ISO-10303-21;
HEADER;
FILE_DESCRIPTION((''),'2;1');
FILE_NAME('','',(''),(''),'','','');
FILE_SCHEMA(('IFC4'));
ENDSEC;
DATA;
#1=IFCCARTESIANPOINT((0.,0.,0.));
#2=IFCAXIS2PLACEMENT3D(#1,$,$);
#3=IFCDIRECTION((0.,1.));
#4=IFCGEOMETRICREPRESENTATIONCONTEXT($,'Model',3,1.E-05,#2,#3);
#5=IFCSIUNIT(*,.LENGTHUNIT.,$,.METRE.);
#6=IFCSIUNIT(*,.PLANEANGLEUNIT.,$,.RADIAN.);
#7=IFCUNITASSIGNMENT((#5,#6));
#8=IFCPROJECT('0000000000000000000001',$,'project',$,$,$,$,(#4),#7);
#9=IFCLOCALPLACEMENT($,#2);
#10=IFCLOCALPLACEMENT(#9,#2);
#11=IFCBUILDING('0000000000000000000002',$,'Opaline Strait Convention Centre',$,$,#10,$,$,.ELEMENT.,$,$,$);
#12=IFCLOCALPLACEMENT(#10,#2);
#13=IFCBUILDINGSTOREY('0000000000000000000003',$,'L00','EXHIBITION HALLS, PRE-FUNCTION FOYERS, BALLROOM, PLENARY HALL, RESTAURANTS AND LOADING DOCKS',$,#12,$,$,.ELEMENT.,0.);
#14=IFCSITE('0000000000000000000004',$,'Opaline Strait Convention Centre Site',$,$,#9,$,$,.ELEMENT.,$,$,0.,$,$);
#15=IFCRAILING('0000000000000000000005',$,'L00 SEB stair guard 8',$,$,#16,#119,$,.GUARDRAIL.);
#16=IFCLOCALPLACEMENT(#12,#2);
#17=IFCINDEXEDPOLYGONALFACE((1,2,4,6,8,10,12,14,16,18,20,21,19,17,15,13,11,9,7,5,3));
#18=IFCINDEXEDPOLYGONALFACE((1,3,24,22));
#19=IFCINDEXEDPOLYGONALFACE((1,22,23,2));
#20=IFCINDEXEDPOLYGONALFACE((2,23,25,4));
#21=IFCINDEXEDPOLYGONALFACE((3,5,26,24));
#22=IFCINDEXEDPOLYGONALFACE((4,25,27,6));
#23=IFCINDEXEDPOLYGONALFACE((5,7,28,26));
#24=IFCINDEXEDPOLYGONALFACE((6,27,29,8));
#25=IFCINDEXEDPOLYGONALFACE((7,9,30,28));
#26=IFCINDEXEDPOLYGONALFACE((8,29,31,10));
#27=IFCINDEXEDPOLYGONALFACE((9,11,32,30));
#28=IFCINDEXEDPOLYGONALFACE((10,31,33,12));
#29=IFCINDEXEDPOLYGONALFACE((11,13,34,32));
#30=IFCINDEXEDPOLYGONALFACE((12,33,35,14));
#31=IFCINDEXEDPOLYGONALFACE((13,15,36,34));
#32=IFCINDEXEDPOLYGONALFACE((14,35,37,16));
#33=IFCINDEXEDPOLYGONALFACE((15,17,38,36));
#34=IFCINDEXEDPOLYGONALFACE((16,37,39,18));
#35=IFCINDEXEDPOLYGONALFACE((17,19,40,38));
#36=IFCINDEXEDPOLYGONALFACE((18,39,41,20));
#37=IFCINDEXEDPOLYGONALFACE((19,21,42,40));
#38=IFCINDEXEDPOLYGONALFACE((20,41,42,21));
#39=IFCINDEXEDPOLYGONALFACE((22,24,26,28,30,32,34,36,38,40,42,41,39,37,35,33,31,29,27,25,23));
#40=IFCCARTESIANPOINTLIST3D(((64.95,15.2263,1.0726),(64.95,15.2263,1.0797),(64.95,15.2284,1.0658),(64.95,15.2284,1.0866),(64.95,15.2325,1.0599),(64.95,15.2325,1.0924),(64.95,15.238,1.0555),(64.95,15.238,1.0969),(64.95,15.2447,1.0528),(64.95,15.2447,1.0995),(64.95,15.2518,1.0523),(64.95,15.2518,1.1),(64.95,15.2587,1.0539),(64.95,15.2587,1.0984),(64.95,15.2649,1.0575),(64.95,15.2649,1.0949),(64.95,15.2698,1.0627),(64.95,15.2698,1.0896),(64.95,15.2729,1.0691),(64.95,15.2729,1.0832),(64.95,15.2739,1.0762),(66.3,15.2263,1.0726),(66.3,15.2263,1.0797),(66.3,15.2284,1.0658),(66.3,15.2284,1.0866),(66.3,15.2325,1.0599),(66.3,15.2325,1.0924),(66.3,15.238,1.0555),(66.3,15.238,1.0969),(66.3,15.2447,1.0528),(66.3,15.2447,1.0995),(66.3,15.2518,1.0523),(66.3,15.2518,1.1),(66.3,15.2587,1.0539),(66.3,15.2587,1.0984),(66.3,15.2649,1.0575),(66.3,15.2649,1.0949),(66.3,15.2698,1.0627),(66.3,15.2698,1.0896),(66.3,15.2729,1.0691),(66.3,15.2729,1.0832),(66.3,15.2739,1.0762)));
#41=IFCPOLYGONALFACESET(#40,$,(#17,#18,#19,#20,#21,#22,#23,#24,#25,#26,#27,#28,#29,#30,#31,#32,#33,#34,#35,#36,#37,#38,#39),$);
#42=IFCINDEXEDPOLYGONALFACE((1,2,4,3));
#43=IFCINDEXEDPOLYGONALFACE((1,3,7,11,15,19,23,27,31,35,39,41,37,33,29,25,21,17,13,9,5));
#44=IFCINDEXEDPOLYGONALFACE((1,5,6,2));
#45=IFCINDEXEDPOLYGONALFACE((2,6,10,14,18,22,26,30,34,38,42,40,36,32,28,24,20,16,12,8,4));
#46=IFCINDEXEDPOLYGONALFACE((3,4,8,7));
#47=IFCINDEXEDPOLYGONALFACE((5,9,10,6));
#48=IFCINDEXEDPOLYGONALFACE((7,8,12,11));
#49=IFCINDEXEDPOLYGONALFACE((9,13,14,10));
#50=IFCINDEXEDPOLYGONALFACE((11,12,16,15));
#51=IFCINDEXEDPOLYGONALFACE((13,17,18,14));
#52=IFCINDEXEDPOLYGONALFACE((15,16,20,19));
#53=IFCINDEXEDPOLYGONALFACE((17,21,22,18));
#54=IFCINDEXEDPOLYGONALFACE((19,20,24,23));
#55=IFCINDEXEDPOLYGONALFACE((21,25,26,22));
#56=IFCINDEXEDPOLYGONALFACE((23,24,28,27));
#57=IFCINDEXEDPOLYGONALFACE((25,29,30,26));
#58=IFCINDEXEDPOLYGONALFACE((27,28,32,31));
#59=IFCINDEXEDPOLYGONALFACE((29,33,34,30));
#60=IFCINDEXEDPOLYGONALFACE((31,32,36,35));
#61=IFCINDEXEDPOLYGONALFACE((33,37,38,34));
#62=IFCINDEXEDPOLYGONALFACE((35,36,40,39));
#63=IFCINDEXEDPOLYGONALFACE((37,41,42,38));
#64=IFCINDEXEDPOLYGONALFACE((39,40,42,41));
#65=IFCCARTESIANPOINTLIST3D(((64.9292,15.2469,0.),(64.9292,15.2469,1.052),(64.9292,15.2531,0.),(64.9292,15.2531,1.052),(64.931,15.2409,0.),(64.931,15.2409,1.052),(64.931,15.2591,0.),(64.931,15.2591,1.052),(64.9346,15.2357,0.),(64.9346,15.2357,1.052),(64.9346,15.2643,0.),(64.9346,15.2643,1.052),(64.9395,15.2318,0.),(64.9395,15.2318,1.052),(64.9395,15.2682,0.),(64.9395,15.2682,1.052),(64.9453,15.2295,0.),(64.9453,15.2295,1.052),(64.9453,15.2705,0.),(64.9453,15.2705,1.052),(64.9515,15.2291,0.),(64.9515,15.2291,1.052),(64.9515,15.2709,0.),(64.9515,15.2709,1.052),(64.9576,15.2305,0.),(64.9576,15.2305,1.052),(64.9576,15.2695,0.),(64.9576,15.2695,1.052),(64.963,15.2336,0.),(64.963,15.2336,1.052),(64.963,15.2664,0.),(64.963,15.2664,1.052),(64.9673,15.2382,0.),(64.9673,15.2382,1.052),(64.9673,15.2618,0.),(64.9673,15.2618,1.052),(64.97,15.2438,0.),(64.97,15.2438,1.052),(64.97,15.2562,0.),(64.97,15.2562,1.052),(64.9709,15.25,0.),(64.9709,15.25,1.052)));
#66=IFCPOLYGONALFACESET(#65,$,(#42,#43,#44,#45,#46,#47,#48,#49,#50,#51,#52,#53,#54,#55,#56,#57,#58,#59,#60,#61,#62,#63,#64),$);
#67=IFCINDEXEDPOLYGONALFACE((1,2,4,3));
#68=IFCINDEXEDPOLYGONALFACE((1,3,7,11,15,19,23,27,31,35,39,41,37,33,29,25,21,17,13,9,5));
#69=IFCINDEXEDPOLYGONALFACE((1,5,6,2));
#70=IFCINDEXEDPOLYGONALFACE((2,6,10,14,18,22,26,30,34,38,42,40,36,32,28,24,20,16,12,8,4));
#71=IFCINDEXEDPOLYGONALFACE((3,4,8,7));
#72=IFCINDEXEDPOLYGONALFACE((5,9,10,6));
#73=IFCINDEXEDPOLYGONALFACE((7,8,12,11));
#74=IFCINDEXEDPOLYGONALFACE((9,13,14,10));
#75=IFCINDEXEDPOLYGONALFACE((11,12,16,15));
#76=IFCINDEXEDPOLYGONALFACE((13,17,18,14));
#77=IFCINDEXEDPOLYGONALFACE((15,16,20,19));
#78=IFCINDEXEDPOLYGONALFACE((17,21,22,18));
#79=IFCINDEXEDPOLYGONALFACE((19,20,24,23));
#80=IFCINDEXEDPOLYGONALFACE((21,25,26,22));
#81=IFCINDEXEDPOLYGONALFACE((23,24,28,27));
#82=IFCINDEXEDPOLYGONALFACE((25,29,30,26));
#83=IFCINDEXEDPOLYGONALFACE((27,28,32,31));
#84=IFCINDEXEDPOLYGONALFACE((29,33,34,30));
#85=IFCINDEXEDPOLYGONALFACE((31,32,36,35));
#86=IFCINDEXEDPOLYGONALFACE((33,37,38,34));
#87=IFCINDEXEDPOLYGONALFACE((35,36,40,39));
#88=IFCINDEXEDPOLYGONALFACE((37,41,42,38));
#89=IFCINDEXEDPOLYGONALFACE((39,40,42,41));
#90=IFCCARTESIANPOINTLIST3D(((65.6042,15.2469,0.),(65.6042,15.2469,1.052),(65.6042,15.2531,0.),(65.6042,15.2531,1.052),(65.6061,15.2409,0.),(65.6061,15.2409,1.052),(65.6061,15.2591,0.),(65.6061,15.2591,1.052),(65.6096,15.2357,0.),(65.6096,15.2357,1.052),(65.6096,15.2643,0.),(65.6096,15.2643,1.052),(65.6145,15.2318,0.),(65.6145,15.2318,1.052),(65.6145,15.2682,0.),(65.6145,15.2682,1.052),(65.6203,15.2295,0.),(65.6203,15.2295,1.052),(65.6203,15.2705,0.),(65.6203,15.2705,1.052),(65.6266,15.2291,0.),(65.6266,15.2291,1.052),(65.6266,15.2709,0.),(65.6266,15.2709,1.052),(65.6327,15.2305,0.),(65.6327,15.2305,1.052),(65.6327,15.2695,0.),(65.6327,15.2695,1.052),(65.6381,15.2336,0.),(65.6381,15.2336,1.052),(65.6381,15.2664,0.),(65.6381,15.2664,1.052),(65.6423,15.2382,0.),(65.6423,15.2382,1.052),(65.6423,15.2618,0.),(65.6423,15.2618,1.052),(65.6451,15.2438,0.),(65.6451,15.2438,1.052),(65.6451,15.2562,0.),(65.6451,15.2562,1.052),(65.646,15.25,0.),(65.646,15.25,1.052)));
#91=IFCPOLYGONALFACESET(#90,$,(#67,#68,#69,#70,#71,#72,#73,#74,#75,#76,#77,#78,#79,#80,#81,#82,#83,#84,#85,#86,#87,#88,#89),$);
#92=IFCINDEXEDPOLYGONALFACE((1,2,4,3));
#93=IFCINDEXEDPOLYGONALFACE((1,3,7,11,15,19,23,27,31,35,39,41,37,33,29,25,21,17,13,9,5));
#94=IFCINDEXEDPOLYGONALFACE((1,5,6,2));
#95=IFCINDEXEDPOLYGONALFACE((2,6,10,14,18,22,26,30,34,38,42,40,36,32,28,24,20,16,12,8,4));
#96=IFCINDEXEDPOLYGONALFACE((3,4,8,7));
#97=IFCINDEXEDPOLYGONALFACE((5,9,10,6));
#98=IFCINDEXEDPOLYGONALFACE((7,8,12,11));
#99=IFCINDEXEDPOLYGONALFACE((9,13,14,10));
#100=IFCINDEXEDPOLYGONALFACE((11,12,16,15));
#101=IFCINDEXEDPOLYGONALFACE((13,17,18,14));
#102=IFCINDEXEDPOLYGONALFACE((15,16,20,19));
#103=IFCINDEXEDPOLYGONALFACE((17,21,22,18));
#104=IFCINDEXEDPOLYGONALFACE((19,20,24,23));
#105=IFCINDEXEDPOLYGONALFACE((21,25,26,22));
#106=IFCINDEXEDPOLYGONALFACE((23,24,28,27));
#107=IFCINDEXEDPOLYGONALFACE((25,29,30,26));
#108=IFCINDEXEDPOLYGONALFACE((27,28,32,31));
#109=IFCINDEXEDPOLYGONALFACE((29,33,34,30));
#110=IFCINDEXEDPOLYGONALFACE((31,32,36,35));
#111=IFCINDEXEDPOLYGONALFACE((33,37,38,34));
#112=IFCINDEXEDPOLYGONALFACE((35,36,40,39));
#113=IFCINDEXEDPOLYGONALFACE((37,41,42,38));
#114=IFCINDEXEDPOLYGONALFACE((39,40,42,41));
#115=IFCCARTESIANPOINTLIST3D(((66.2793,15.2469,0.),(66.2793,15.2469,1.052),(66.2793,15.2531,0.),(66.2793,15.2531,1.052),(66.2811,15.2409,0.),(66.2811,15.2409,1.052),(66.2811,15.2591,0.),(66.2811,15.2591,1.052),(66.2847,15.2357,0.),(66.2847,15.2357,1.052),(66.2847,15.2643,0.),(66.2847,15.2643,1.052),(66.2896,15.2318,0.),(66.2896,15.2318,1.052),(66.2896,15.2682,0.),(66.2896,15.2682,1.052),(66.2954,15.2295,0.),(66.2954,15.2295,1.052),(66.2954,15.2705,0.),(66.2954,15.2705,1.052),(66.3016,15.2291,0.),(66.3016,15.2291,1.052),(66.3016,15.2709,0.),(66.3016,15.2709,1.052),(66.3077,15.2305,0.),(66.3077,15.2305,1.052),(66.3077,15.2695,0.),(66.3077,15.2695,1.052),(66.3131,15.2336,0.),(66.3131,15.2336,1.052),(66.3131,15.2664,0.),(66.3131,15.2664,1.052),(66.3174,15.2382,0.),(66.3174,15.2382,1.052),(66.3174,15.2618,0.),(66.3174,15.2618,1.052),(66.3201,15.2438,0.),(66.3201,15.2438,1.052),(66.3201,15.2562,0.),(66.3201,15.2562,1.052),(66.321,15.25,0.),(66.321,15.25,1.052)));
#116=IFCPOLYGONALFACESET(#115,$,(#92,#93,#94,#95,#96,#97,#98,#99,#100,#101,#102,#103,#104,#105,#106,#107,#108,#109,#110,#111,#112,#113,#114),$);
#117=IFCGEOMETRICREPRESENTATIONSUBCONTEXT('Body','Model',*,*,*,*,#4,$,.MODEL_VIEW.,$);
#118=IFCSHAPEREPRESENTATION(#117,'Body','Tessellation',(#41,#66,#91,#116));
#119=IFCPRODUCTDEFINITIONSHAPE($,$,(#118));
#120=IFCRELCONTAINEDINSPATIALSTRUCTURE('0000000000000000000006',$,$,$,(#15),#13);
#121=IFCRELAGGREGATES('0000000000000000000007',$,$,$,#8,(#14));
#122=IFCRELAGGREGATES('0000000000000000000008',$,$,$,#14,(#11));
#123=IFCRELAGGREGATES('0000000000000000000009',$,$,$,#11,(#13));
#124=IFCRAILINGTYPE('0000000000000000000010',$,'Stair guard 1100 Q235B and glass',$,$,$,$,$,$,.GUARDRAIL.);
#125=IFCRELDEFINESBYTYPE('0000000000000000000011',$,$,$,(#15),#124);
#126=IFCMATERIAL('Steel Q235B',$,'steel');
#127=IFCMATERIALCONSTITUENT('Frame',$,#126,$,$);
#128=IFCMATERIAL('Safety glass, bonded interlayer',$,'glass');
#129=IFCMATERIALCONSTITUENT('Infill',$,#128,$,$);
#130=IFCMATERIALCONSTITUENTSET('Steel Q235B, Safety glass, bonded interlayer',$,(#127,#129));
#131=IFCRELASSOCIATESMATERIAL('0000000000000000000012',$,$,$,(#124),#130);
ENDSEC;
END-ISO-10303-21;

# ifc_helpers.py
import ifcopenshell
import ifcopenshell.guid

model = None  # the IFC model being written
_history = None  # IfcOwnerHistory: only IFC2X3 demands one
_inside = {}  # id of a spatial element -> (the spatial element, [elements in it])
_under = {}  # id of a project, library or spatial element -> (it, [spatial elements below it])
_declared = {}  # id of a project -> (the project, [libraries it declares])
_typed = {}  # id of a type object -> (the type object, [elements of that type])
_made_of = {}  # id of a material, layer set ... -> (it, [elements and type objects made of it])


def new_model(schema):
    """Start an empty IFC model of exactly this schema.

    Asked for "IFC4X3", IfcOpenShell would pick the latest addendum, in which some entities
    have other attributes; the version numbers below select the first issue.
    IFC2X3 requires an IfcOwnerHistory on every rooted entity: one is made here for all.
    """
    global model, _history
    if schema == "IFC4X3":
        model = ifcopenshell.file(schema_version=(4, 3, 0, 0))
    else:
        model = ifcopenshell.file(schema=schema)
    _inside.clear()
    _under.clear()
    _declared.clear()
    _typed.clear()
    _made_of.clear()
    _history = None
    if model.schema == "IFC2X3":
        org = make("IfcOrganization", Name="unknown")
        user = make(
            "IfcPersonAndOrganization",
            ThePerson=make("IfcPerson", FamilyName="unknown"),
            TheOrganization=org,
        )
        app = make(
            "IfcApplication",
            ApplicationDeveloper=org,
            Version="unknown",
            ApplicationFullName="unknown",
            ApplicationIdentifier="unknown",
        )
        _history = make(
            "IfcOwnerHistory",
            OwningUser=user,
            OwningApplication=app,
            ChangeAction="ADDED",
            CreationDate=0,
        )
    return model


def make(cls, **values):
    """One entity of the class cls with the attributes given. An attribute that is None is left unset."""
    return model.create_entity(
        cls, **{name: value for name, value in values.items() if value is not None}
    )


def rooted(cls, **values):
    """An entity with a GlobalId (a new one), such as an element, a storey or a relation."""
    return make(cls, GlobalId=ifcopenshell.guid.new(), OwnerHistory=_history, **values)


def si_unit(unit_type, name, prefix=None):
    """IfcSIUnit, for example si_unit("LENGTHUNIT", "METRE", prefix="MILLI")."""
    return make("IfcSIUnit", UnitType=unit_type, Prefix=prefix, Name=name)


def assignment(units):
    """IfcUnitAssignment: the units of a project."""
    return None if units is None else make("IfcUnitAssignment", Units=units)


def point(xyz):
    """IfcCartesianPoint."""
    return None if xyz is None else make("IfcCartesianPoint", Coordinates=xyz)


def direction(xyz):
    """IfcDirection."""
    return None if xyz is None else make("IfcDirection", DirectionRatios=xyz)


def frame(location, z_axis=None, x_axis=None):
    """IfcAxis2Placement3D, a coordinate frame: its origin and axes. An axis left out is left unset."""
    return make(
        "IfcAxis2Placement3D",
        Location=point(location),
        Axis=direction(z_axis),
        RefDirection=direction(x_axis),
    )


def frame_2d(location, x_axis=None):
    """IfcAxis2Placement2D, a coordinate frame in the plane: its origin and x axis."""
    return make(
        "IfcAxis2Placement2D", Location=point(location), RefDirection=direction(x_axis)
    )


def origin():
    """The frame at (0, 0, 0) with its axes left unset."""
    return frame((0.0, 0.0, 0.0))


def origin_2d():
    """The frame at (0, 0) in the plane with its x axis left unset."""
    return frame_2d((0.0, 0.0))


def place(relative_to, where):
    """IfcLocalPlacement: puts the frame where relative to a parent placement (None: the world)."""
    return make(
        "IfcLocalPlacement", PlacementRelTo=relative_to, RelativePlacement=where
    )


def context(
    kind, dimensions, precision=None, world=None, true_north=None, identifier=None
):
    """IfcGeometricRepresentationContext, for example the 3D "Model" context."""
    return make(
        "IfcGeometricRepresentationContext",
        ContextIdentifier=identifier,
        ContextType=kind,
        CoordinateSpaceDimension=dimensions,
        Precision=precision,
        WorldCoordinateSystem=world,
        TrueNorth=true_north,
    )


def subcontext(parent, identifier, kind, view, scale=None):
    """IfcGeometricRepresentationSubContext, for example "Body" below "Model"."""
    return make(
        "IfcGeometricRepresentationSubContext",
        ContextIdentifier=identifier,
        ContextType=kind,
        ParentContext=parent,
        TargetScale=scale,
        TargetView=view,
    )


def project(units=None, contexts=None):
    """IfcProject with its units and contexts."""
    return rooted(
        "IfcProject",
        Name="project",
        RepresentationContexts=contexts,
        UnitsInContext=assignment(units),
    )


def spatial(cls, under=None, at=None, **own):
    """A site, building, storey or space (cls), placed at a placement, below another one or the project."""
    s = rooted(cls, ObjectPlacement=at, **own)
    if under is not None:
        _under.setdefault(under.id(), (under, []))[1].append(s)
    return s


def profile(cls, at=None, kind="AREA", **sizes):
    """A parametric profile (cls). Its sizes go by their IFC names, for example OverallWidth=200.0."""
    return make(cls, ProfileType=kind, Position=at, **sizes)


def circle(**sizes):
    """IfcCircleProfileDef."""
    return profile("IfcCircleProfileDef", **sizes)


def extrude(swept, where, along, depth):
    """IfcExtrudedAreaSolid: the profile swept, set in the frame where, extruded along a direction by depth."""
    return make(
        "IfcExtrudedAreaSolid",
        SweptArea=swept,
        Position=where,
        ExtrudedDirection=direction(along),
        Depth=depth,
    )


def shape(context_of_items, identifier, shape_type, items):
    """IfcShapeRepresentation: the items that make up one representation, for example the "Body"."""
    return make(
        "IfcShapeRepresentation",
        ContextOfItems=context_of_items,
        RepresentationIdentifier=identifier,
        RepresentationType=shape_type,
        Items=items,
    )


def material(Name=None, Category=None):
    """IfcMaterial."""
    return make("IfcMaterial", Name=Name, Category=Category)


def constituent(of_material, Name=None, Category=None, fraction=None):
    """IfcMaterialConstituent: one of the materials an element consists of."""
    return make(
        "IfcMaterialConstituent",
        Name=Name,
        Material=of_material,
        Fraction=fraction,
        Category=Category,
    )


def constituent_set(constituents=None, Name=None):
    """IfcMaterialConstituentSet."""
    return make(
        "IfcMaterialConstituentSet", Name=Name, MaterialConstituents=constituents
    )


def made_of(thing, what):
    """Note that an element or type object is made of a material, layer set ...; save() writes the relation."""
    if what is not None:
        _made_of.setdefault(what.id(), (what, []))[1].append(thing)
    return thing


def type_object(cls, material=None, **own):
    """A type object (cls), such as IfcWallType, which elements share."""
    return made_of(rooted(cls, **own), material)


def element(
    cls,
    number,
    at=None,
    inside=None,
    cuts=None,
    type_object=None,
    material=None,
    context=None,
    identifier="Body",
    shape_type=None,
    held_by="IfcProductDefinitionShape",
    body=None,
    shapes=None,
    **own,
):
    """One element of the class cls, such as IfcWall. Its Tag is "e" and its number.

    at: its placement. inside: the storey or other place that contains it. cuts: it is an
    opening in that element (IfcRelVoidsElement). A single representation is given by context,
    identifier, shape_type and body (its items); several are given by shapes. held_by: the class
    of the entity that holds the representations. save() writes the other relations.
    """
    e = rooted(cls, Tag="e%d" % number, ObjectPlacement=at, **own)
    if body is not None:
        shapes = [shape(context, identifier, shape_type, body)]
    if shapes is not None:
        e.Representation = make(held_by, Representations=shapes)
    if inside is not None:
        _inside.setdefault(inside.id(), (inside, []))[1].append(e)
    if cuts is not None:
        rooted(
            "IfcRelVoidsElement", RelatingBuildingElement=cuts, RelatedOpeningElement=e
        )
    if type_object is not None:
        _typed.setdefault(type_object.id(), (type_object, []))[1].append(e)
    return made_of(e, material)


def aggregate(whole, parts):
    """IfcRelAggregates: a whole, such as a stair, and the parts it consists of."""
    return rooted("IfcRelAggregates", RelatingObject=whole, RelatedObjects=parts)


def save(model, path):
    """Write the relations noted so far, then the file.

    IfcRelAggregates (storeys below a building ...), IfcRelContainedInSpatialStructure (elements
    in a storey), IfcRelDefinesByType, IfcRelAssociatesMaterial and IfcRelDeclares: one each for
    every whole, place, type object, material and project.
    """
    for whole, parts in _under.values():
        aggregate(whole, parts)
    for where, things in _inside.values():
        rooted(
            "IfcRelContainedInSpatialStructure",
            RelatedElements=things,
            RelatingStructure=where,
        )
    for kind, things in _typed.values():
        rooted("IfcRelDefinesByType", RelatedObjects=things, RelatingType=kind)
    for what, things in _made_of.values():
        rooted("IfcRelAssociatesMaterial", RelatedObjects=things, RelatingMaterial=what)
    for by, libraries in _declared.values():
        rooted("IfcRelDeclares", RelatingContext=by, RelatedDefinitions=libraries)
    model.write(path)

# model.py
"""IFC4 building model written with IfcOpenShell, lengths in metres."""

from ifc_helpers import new_model, si_unit, direction, frame, origin, origin_2d, place, context, subcontext, project, spatial, circle, extrude, material, constituent, constituent_set, type_object, element, save


model = new_model("IFC4")

# Units and contexts
model_context = context("Model", 3, precision=1e-05, world=origin(), true_north=direction((0.0, 1.0)))
body_context = subcontext(model_context, "Body", "Model", "MODEL_VIEW")
ifc_project = project(units=[si_unit("LENGTHUNIT", "METRE"), si_unit("PLANEANGLEUNIT", "RADIAN")], contexts=[model_context])

# Site, building, storey
site_placement = place(None, origin())
site = spatial("IfcSite", under=ifc_project, at=site_placement, Name="Opaline Strait Convention Centre Site", CompositionType="ELEMENT", RefElevation=0.0)
building_placement = place(site_placement, origin())
building = spatial("IfcBuilding", under=site, at=building_placement, Name="Opaline Strait Convention Centre", CompositionType="ELEMENT")
storey_placement = place(building_placement, origin())
storey = spatial("IfcBuildingStorey", under=building, at=storey_placement, Name="L00", Description="EXHIBITION HALLS, PRE-FUNCTION FOYERS, BALLROOM, PLENARY HALL, RESTAURANTS AND LOADING DOCKS", CompositionType="ELEMENT", Elevation=0.0)

# Railing
ifc_material_1 = material(Name="Steel Q235B", Category="steel")
ifc_constituent_1 = constituent(ifc_material_1, Name="Frame")
ifc_material_2 = material(Name="Safety glass, bonded interlayer", Category="glass")
ifc_constituent_2 = constituent(ifc_material_2, Name="Infill")
ifc_constituent_set = constituent_set(constituents=[ifc_constituent_1, ifc_constituent_2], Name="Steel Q235B, Safety glass, bonded interlayer")
railing_type_1 = type_object("IfcRailingType", Name="Stair guard 1100 Q235B and glass", PredefinedType="GUARDRAIL", material=ifc_constituent_set)
railing_1_placement = place(storey_placement, frame((64.95, 15.25, 0.0)))
element("IfcRailing", 1, at=railing_1_placement, inside=storey, type_object=railing_type_1, Name="L00 SEB stair guard 8", PredefinedType="GUARDRAIL", context=body_context, shape_type="SweptSolid", body=[
    extrude(circle(Radius=0.0239, at=origin_2d()), frame((0.0, 0.0, 1.0762), z_axis=(1.0, 0.0, 0.0), x_axis=(0.0, 1.0, 0.0)), (0.0, 0.0, 1.0), 1.3501),
    extrude(circle(Radius=0.021, at=origin_2d()), origin(), (0.0, 0.0, 1.0), 1.052),
    extrude(circle(Radius=0.021, at=origin_2d()), frame((0.675, 0.0, 0.0)), (0.0, 0.0, 1.0), 1.052),
    extrude(circle(Radius=0.021, at=origin_2d()), frame((1.3501, 0.0, 0.0)), (0.0, 0.0, 1.0), 1.052),
])

save(model, "model.ifc")
